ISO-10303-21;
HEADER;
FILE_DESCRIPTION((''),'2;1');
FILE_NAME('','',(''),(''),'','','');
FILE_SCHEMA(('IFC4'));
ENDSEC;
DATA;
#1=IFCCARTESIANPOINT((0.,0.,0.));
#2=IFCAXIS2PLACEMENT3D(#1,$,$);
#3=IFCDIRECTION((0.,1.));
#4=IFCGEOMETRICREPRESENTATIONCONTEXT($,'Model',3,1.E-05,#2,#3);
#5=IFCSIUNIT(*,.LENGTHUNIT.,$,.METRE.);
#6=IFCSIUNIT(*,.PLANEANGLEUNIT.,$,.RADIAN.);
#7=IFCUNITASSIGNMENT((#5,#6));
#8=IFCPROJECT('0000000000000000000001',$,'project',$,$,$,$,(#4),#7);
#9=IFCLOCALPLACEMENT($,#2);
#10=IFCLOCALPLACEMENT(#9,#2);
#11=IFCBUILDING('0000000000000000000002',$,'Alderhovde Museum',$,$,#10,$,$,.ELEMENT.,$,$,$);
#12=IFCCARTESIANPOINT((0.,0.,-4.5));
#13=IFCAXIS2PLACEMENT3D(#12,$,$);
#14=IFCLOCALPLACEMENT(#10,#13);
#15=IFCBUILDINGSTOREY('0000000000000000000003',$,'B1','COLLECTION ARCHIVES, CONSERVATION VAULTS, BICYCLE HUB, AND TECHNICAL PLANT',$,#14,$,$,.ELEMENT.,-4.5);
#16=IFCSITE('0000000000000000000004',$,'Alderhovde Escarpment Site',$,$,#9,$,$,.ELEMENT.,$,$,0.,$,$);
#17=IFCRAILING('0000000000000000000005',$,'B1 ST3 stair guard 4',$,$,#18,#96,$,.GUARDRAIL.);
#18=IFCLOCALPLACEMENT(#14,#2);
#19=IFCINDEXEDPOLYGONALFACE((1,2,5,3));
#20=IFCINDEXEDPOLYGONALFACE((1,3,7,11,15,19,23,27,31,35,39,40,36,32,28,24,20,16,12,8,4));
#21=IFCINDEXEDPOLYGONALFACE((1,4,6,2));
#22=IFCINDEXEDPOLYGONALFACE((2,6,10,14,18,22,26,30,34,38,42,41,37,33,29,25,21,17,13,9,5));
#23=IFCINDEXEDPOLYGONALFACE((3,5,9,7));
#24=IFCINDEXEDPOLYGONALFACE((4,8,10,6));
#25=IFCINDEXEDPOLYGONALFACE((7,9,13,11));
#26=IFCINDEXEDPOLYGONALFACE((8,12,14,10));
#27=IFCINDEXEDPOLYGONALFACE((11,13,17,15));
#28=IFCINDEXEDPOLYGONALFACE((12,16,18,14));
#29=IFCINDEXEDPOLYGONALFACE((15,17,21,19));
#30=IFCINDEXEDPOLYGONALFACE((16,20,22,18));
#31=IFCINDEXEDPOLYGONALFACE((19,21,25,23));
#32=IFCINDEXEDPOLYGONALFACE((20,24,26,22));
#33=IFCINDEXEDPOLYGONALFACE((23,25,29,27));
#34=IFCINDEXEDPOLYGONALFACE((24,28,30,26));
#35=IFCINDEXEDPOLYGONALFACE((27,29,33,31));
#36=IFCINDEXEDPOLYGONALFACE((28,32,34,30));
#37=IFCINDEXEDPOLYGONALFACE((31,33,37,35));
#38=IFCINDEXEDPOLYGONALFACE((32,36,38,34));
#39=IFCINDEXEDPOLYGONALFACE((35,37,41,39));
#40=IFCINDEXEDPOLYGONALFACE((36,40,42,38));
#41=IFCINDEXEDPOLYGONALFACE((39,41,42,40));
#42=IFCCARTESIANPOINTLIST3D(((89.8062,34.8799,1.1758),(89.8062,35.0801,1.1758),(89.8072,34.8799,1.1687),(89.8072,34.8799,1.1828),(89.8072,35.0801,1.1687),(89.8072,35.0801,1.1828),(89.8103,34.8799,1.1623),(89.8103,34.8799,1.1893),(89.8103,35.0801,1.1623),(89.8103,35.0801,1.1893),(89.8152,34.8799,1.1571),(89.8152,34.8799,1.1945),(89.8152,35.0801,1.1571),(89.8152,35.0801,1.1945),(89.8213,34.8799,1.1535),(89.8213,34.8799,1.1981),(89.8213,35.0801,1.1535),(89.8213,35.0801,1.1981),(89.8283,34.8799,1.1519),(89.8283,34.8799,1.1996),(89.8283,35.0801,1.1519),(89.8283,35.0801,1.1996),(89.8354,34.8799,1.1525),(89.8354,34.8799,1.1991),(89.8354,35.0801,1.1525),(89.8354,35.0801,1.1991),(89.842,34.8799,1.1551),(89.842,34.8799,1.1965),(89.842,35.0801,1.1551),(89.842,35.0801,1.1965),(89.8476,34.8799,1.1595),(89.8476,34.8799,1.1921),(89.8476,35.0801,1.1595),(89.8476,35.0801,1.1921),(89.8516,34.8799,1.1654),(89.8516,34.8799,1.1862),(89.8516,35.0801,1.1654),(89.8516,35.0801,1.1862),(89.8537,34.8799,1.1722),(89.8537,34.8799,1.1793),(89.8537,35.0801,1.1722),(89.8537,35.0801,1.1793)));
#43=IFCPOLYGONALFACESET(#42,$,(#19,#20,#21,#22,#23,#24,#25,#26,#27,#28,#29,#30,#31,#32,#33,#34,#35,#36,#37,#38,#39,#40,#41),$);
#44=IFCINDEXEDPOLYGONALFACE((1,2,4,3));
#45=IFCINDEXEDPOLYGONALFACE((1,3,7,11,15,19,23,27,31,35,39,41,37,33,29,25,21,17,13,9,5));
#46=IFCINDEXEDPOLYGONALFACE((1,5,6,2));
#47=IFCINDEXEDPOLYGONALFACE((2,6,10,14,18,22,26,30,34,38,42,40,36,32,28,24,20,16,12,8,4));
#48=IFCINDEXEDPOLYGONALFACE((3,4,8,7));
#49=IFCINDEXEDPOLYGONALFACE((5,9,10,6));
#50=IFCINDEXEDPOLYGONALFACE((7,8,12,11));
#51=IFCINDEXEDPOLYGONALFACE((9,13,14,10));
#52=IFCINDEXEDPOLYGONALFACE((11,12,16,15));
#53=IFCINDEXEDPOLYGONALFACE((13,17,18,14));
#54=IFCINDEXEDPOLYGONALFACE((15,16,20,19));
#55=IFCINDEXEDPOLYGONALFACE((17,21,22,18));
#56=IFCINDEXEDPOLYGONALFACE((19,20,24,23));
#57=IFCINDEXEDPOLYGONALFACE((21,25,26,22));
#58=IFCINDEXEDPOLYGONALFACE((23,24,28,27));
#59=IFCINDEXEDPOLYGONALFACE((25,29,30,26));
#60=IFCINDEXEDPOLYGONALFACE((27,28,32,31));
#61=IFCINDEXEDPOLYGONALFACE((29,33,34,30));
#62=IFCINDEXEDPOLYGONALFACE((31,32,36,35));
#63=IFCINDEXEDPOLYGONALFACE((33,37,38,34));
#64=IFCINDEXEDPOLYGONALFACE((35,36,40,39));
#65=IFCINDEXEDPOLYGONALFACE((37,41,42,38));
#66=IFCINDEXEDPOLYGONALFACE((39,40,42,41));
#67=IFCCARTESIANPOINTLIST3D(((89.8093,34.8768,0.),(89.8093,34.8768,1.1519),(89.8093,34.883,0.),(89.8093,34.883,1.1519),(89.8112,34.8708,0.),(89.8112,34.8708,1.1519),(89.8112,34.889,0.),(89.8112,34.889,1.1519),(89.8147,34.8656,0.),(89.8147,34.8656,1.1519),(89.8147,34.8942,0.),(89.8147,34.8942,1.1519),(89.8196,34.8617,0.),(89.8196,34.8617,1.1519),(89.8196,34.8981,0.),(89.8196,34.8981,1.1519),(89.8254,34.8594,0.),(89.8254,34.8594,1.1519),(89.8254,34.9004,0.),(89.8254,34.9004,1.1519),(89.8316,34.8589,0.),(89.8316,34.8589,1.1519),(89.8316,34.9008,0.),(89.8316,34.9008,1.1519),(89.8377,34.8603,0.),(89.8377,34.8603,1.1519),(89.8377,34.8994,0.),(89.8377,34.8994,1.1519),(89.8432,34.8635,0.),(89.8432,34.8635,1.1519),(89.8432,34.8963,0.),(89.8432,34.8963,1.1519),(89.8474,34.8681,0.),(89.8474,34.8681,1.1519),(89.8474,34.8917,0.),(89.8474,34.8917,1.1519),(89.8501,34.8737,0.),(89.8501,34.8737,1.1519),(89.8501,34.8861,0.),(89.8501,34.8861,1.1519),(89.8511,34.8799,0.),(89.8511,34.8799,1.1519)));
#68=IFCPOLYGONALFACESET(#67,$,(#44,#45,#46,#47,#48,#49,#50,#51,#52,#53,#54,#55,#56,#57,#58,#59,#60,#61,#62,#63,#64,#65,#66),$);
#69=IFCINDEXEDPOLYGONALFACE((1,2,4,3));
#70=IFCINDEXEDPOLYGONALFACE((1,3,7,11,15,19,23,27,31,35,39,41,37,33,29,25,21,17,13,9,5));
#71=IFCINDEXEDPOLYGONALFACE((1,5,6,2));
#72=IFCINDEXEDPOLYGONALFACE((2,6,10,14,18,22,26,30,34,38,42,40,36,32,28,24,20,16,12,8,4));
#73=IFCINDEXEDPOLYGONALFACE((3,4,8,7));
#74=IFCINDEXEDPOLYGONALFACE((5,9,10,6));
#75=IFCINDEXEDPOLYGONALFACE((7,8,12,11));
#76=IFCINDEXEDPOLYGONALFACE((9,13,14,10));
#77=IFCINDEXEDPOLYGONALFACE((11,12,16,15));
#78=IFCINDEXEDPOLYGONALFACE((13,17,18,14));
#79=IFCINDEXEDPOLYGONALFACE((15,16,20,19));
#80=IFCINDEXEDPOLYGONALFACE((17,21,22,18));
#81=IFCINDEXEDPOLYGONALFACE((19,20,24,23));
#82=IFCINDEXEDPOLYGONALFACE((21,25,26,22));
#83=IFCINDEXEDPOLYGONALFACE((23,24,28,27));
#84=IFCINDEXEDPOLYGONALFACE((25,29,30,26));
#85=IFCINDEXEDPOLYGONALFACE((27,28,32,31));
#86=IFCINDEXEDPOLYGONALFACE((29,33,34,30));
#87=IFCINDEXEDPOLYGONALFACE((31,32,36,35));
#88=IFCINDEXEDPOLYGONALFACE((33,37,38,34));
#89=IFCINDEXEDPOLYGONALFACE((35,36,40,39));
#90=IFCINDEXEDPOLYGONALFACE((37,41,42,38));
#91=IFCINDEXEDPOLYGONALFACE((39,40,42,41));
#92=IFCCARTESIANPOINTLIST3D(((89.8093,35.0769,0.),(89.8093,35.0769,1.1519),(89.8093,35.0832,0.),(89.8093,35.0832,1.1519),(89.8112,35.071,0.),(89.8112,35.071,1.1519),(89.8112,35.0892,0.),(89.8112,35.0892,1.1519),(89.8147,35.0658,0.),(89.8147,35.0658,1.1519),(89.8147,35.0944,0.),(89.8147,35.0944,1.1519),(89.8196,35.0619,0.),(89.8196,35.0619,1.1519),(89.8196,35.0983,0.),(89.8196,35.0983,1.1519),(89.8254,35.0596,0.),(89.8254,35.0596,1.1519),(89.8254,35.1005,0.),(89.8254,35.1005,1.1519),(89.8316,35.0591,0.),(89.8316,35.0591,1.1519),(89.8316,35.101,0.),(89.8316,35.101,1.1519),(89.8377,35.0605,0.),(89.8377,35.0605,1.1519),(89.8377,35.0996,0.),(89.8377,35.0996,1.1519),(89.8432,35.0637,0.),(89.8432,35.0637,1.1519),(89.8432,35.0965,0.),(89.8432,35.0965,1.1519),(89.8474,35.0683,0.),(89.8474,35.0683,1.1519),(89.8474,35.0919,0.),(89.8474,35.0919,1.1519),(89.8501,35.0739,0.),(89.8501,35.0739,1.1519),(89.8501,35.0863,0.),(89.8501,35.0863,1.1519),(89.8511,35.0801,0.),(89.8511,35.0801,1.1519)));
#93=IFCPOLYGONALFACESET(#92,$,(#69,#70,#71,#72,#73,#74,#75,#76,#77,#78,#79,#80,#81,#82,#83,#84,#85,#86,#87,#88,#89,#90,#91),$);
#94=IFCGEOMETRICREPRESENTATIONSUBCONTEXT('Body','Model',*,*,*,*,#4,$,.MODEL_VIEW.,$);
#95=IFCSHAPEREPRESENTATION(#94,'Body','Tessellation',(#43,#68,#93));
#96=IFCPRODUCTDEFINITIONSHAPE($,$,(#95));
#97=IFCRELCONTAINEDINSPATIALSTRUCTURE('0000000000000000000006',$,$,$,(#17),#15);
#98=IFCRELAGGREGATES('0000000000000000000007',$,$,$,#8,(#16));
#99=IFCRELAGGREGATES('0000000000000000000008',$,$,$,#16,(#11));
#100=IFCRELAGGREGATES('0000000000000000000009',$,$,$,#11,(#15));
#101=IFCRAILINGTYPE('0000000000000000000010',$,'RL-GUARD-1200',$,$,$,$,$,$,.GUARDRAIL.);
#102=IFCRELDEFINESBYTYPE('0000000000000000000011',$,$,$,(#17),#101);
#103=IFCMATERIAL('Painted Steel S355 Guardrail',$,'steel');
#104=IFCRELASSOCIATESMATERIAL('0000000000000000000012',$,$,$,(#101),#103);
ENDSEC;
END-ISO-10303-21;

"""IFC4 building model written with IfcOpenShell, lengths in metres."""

from ifc_helpers import new_model, si_unit, direction, frame, origin, origin_2d, place, context, subcontext, project, spatial, circle, extrude, material, type_object, element, save


model = new_model("IFC4")

# Units and contexts
model_context = context("Model", 3, precision=1e-05, world=origin(), true_north=direction((0.0, 1.0)))
body_context = subcontext(model_context, "Body", "Model", "MODEL_VIEW")
ifc_project = project(units=[si_unit("LENGTHUNIT", "METRE"), si_unit("PLANEANGLEUNIT", "RADIAN")], contexts=[model_context])

# Site, building, storey
site_placement = place(None, origin())
site = spatial("IfcSite", under=ifc_project, at=site_placement, Name="Alderhovde Escarpment Site", CompositionType="ELEMENT", RefElevation=0.0)
building_placement = place(site_placement, origin())
building = spatial("IfcBuilding", under=site, at=building_placement, Name="Alderhovde Museum", CompositionType="ELEMENT")
storey_placement = place(building_placement, frame((0.0, 0.0, -4.5)))
storey = spatial("IfcBuildingStorey", under=building, at=storey_placement, Name="B1", Description="COLLECTION ARCHIVES, CONSERVATION VAULTS, BICYCLE HUB, AND TECHNICAL PLANT", CompositionType="ELEMENT", Elevation=-4.5)

# Railing
ifc_material_1 = material(Name="Painted Steel S355 Guardrail", Category="steel")
railing_type_1 = type_object("IfcRailingType", Name="RL-GUARD-1200", PredefinedType="GUARDRAIL", material=ifc_material_1)
railing_1_placement = place(storey_placement, frame((89.8301, 34.8799, 0.0)))
element("IfcRailing", 1, at=railing_1_placement, inside=storey, type_object=railing_type_1, Name="B1 ST3 stair guard 4", PredefinedType="GUARDRAIL", context=body_context, shape_type="SweptSolid", body=[
    extrude(circle(Radius=0.0239, at=origin_2d()), frame((0.0, 0.0, 1.1758), z_axis=(0.0, 1.0, 0.0), x_axis=(-1.0, 0.0, 0.0)), (0.0, 0.0, 1.0), 0.2002),
    extrude(circle(Radius=0.021, at=origin_2d()), origin(), (0.0, 0.0, 1.0), 1.1519),
    extrude(circle(Radius=0.021, at=origin_2d()), frame((0.0, 0.2002, 0.0)), (0.0, 0.0, 1.0), 1.1519),
])

save(model, "model.ifc")
